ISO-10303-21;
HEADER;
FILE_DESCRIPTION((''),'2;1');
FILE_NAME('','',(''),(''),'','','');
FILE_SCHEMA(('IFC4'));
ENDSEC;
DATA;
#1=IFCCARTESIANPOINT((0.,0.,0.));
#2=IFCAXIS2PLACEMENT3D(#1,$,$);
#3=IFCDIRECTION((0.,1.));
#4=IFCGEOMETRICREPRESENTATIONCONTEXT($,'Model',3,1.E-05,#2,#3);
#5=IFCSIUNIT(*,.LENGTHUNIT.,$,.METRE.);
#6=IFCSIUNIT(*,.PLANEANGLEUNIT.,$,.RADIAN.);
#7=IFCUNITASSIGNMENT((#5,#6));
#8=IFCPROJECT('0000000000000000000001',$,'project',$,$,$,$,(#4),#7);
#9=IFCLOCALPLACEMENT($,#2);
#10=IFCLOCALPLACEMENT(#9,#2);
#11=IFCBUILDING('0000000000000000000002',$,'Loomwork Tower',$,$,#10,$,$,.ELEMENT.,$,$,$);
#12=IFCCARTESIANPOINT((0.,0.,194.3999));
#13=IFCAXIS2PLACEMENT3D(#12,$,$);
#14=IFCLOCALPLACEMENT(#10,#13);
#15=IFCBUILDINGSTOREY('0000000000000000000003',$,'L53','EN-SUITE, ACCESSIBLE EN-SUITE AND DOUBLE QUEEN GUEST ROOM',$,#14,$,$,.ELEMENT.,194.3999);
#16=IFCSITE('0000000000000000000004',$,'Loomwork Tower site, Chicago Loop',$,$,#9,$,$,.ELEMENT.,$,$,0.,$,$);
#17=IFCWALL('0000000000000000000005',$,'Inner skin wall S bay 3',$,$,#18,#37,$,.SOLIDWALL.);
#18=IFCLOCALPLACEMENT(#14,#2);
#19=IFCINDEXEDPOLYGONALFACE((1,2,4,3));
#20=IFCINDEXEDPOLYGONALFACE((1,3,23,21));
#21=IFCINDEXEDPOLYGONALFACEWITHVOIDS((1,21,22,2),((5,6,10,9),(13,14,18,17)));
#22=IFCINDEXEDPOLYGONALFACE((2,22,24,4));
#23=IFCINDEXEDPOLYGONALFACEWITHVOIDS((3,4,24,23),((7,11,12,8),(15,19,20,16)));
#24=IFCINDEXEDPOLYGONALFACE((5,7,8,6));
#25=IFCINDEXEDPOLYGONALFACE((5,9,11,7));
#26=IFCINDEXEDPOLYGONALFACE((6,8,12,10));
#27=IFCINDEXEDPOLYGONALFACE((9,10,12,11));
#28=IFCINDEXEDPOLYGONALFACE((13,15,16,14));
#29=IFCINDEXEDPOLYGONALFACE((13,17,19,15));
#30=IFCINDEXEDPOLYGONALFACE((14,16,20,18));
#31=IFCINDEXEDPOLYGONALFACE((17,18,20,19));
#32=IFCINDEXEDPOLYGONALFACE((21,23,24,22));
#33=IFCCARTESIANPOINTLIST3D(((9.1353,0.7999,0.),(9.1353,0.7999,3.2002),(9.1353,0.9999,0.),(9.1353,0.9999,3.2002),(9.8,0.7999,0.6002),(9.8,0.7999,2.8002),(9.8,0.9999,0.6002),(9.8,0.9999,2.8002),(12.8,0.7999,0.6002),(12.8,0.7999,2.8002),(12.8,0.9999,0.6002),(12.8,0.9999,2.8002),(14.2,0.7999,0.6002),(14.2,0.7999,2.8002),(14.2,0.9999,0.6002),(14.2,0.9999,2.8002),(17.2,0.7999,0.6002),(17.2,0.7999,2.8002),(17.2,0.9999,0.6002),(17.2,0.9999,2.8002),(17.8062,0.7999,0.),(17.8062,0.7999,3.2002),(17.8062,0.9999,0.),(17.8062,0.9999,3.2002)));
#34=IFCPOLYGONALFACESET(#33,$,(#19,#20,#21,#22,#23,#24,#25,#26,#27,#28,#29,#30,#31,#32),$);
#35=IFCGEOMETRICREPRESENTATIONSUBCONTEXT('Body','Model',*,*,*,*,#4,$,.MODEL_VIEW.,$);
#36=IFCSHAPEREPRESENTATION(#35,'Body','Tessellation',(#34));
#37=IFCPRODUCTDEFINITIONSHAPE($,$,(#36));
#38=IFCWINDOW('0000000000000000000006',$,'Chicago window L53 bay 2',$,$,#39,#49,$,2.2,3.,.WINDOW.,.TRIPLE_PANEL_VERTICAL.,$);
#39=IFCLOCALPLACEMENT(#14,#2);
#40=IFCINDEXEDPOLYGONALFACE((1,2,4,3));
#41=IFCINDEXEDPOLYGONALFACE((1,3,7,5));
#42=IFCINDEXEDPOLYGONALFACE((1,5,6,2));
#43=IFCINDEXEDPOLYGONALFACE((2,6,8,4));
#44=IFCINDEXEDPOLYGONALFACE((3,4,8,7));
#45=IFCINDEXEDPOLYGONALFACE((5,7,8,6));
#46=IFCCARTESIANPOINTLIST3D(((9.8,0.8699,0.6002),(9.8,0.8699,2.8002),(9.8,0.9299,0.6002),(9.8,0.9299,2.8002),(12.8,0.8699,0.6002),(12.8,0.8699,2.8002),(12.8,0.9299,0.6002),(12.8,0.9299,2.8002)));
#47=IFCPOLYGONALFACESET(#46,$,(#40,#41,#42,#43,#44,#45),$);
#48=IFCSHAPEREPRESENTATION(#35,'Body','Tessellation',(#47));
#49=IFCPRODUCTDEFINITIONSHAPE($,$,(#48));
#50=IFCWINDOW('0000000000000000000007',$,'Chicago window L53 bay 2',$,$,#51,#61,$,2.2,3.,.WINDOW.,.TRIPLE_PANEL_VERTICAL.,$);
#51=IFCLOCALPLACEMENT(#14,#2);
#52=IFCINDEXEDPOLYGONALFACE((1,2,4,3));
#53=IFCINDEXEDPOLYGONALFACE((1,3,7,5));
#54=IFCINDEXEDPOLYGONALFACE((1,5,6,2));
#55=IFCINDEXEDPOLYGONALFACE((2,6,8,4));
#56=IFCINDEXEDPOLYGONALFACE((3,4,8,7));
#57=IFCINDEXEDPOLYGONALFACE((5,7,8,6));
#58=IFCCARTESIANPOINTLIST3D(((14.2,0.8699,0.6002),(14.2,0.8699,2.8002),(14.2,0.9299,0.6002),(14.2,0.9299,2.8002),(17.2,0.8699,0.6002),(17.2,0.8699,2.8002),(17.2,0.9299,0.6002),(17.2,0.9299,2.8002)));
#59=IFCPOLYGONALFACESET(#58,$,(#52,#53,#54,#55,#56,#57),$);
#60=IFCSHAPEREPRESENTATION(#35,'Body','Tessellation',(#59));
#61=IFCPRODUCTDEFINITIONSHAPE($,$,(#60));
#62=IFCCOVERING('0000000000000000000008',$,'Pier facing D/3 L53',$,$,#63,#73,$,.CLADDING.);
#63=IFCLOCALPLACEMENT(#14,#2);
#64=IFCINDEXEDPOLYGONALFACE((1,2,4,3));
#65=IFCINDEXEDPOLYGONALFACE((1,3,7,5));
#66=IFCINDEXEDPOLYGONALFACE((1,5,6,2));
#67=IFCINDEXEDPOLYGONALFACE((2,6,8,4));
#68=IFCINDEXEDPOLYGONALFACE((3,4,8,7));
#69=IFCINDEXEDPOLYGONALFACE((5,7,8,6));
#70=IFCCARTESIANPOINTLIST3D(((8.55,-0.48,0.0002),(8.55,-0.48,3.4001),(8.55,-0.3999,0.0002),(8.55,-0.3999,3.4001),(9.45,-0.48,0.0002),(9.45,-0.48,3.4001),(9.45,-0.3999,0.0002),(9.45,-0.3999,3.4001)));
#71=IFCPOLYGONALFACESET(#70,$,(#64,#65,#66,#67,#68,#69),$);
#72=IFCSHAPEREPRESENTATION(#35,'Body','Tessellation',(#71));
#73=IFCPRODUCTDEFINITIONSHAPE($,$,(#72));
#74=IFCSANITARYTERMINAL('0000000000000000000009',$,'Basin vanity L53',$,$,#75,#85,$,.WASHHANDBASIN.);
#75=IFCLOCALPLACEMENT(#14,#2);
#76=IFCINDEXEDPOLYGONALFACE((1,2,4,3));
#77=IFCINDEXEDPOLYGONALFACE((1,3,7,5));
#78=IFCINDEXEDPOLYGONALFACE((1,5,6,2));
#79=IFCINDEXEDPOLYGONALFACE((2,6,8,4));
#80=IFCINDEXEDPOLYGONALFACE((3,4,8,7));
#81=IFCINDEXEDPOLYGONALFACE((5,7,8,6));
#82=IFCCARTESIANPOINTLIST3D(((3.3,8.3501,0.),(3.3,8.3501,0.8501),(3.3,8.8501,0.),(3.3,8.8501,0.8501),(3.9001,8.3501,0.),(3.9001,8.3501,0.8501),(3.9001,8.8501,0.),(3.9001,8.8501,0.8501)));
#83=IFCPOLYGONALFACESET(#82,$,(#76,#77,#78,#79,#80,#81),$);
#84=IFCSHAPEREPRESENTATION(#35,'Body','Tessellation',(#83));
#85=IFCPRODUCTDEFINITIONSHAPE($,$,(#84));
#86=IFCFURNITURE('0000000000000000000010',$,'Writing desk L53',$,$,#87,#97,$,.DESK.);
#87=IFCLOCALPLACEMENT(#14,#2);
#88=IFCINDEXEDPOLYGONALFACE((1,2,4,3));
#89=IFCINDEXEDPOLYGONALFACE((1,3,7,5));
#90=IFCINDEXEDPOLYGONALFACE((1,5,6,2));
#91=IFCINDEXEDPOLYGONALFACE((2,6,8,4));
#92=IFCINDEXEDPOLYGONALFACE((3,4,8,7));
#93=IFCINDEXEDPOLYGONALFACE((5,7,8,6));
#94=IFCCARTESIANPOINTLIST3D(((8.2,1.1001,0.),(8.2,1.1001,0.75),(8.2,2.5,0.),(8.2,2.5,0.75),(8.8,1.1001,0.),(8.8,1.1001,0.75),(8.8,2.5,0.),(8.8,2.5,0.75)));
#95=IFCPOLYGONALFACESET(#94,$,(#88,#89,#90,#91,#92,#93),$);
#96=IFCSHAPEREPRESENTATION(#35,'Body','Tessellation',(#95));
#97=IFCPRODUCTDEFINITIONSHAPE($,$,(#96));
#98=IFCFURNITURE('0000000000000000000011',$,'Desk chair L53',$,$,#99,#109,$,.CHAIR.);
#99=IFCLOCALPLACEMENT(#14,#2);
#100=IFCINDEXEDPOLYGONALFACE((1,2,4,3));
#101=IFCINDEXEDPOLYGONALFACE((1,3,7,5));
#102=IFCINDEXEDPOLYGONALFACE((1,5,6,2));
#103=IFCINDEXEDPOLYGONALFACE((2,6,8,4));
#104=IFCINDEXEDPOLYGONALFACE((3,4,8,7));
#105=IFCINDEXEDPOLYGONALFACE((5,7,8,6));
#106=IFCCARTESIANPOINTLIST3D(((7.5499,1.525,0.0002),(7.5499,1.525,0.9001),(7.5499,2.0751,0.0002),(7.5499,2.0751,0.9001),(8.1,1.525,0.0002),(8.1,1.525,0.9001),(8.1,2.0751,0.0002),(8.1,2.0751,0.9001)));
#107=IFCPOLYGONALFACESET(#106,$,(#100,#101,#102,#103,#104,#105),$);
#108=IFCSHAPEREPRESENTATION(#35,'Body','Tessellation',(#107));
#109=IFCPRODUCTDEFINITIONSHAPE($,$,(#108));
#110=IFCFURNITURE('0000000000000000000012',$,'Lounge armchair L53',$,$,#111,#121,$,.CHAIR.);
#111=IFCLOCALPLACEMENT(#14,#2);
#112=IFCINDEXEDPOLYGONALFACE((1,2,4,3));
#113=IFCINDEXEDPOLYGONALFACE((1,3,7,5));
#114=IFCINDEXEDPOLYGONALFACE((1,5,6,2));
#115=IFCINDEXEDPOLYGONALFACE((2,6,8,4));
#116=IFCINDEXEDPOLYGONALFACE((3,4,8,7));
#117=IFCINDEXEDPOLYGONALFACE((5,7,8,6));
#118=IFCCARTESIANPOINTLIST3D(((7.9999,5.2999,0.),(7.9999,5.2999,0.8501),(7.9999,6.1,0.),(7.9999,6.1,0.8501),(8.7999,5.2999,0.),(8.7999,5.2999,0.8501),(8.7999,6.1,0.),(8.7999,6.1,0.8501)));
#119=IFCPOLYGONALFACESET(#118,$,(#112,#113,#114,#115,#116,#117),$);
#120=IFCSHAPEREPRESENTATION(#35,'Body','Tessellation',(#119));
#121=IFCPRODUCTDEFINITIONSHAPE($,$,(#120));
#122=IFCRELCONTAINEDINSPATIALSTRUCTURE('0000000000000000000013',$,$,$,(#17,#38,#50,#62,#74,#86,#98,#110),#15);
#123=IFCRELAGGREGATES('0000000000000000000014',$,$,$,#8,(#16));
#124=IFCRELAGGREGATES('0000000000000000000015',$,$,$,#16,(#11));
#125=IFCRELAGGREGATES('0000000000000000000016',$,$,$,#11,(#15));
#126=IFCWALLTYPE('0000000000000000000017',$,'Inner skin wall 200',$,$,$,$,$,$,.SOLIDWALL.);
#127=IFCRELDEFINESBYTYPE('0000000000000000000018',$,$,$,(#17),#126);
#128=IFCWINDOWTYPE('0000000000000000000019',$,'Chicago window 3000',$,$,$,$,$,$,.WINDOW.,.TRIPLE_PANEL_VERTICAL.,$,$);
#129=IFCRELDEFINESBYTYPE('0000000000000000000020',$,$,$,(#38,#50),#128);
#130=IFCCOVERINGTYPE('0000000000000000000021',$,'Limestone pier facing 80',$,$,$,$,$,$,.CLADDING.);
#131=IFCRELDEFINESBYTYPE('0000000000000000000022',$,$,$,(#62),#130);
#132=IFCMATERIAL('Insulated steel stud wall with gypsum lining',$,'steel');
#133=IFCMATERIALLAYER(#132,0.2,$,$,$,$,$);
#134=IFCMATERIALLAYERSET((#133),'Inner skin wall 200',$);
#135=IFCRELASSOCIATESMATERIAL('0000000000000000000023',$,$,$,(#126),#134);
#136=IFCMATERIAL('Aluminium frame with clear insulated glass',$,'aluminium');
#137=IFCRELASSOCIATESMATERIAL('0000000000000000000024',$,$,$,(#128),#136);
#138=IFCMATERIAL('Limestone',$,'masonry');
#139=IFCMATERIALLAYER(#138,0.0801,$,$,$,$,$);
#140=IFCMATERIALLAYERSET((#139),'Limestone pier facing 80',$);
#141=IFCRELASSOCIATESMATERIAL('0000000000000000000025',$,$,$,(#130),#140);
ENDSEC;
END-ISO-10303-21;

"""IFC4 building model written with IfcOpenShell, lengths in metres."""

from ifc_helpers import new_model, si_unit, direction, frame, frame_2d, origin, origin_2d, place, context, subcontext, project, spatial, rectangle, extrude, material, layer, layer_set, type_object, element, fill, save


model = new_model("IFC4")

# Units and contexts
model_context = context("Model", 3, precision=1e-05, world=origin(), true_north=direction((0.0, 1.0)))
body_context = subcontext(model_context, "Body", "Model", "MODEL_VIEW")
ifc_project = project(units=[si_unit("LENGTHUNIT", "METRE"), si_unit("PLANEANGLEUNIT", "RADIAN")], contexts=[model_context])

# Site, building, storey
site_placement = place(None, origin())
site = spatial("IfcSite", under=ifc_project, at=site_placement, Name="Loomwork Tower site, Chicago Loop", CompositionType="ELEMENT", RefElevation=0.0)
building_placement = place(site_placement, origin())
building = spatial("IfcBuilding", under=site, at=building_placement, Name="Loomwork Tower", CompositionType="ELEMENT")
storey_placement = place(building_placement, frame((0.0, 0.0, 194.3999)))
storey = spatial("IfcBuildingStorey", under=building, at=storey_placement, Name="L53", Description="EN-SUITE, ACCESSIBLE EN-SUITE AND DOUBLE QUEEN GUEST ROOM", CompositionType="ELEMENT", Elevation=194.3999)

# Shared definitions
ifc_material_1 = material(Name="Insulated steel stud wall with gypsum lining", Category="steel")
ifc_layer_1 = layer(ifc_material_1, 0.2)
ifc_layer_set_1 = layer_set([ifc_layer_1], Name="Inner skin wall 200")
wall_type_1 = type_object("IfcWallType", Name="Inner skin wall 200", PredefinedType="SOLIDWALL", material=ifc_layer_set_1)

# Wall, openings, windows
wall_1_placement = place(storey_placement, frame((9.1353, 0.8999, 0.0), z_axis=(0.0, 0.0, 1.0), x_axis=(1.0, 0.0, 0.0)))
wall_1 = element("IfcWall", 1, at=wall_1_placement, inside=storey, type_object=wall_type_1, Name="Inner skin wall S bay 3", PredefinedType="SOLIDWALL", context=body_context, shape_type="SweptSolid", body=[
    extrude(rectangle(XDim=8.6709, YDim=0.2, at=frame_2d((4.3354, 0.0))), origin(), (0.0, 0.0, 1.0), 3.2002),
])
opening_1_placement = place(wall_1_placement, frame((0.6648, 0.0, 0.6001)))
opening_1 = element("IfcOpeningElement", 2, at=opening_1_placement, cuts=wall_1, PredefinedType="OPENING", context=body_context, shape_type="SweptSolid", body=[
    extrude(rectangle(XDim=3.0, YDim=2.2, at=frame_2d((1.5, 1.1001))), frame((0.0, 0.1099, 0.0), z_axis=(0.0, -1.0, 0.0), x_axis=(1.0, 0.0, 0.0)), (0.0, 0.0, 1.0), 0.22),
])
opening_2_placement = place(wall_1_placement, frame((5.0647, 0.0, 0.6001)))
opening_2 = element("IfcOpeningElement", 3, at=opening_2_placement, cuts=wall_1, PredefinedType="OPENING", context=body_context, shape_type="SweptSolid", body=[
    extrude(rectangle(XDim=3.0, YDim=2.2, at=frame_2d((1.5, 1.1001))), frame((0.0, 0.1099, 0.0), z_axis=(0.0, -1.0, 0.0), x_axis=(1.0, 0.0, 0.0)), (0.0, 0.0, 1.0), 0.22),
])
ifc_material_2 = material(Name="Aluminium frame with clear insulated glass", Category="aluminium")
window_type = type_object("IfcWindowType", Name="Chicago window 3000", PartitioningType="TRIPLE_PANEL_VERTICAL", PredefinedType="WINDOW", material=ifc_material_2)
window_1_placement = place(opening_1_placement, origin())
window_1 = element("IfcWindow", 4, at=window_1_placement, inside=storey, type_object=window_type, Name="Chicago window L53 bay 2", OverallHeight=2.2, OverallWidth=3.0, PartitioningType="TRIPLE_PANEL_VERTICAL", PredefinedType="WINDOW", context=body_context, shape_type="SweptSolid", body=[
    extrude(rectangle(XDim=3.0, YDim=2.2, at=frame_2d((1.5, 1.1001))), frame((0.0, 0.03, 0.0), z_axis=(0.0, -1.0, 0.0), x_axis=(1.0, 0.0, 0.0)), (0.0, 0.0, 1.0), 0.0601),
])
fill(opening_1, window_1)
window_2_placement = place(opening_2_placement, origin())
window_2 = element("IfcWindow", 5, at=window_2_placement, inside=storey, type_object=window_type, Name="Chicago window L53 bay 2", OverallHeight=2.2, OverallWidth=3.0, PartitioningType="TRIPLE_PANEL_VERTICAL", PredefinedType="WINDOW", context=body_context, shape_type="SweptSolid", body=[
    extrude(rectangle(XDim=3.0, YDim=2.2, at=frame_2d((1.5, 1.1001))), frame((0.0, 0.03, 0.0), z_axis=(0.0, -1.0, 0.0), x_axis=(1.0, 0.0, 0.0)), (0.0, 0.0, 1.0), 0.0601),
])
fill(opening_2, window_2)

# Covering
ifc_material_3 = material(Name="Limestone", Category="masonry")
ifc_layer_2 = layer(ifc_material_3, 0.0801)
ifc_layer_set_2 = layer_set([ifc_layer_2], Name="Limestone pier facing 80")
covering_type = type_object("IfcCoveringType", Name="Limestone pier facing 80", PredefinedType="CLADDING", material=ifc_layer_set_2)
covering_placement = place(storey_placement, frame((9.0, -0.4399, 0.0002), z_axis=(0.0, 0.0, 1.0), x_axis=(1.0, 0.0, 0.0)))
element("IfcCovering", 6, at=covering_placement, inside=storey, type_object=covering_type, Name="Pier facing D/3 L53", PredefinedType="CLADDING", context=body_context, shape_type="SweptSolid", body=[
    extrude(rectangle(XDim=0.8999, YDim=0.0801, at=origin_2d()), origin(), (0.0, 0.0, 1.0), 3.3999),
])

# Sanitary terminal
sanitary_terminal_placement = place(storey_placement, frame((3.6001, 8.6001, 0.0), z_axis=(0.0, 0.0, 1.0), x_axis=(1.0, 0.0, 0.0)))
element("IfcSanitaryTerminal", 7, at=sanitary_terminal_placement, inside=storey, Name="Basin vanity L53", PredefinedType="WASHHANDBASIN", context=body_context, shape_type="SweptSolid", body=[
    extrude(rectangle(XDim=0.6001, YDim=0.5, at=origin_2d()), origin(), (0.0, 0.0, 1.0), 0.8501),
])

# Furniture
furniture_1_placement = place(storey_placement, frame((8.5, 1.8, 0.0), z_axis=(0.0, 0.0, 1.0), x_axis=(1.0, 0.0, 0.0)))
element("IfcFurniture", 8, at=furniture_1_placement, inside=storey, Name="Writing desk L53", PredefinedType="DESK", context=body_context, shape_type="SweptSolid", body=[
    extrude(rectangle(XDim=0.6001, YDim=1.3999, at=origin_2d()), origin(), (0.0, 0.0, 1.0), 0.75),
])
furniture_2_placement = place(storey_placement, frame((7.825, 1.8, 0.0002), z_axis=(0.0, 0.0, 1.0), x_axis=(1.0, 0.0, 0.0)))
element("IfcFurniture", 9, at=furniture_2_placement, inside=storey, Name="Desk chair L53", PredefinedType="CHAIR", context=body_context, shape_type="SweptSolid", body=[
    extrude(rectangle(XDim=0.55, YDim=0.55, at=origin_2d()), origin(), (0.0, 0.0, 1.0), 0.8999),
])
furniture_3_placement = place(storey_placement, frame((8.3999, 5.7, 0.0), z_axis=(0.0, 0.0, 1.0), x_axis=(1.0, 0.0, 0.0)))
element("IfcFurniture", 10, at=furniture_3_placement, inside=storey, Name="Lounge armchair L53", PredefinedType="CHAIR", context=body_context, shape_type="SweptSolid", body=[
    extrude(rectangle(XDim=0.8, YDim=0.8, at=origin_2d()), origin(), (0.0, 0.0, 1.0), 0.8501),
])

save(model, "model.ifc")
